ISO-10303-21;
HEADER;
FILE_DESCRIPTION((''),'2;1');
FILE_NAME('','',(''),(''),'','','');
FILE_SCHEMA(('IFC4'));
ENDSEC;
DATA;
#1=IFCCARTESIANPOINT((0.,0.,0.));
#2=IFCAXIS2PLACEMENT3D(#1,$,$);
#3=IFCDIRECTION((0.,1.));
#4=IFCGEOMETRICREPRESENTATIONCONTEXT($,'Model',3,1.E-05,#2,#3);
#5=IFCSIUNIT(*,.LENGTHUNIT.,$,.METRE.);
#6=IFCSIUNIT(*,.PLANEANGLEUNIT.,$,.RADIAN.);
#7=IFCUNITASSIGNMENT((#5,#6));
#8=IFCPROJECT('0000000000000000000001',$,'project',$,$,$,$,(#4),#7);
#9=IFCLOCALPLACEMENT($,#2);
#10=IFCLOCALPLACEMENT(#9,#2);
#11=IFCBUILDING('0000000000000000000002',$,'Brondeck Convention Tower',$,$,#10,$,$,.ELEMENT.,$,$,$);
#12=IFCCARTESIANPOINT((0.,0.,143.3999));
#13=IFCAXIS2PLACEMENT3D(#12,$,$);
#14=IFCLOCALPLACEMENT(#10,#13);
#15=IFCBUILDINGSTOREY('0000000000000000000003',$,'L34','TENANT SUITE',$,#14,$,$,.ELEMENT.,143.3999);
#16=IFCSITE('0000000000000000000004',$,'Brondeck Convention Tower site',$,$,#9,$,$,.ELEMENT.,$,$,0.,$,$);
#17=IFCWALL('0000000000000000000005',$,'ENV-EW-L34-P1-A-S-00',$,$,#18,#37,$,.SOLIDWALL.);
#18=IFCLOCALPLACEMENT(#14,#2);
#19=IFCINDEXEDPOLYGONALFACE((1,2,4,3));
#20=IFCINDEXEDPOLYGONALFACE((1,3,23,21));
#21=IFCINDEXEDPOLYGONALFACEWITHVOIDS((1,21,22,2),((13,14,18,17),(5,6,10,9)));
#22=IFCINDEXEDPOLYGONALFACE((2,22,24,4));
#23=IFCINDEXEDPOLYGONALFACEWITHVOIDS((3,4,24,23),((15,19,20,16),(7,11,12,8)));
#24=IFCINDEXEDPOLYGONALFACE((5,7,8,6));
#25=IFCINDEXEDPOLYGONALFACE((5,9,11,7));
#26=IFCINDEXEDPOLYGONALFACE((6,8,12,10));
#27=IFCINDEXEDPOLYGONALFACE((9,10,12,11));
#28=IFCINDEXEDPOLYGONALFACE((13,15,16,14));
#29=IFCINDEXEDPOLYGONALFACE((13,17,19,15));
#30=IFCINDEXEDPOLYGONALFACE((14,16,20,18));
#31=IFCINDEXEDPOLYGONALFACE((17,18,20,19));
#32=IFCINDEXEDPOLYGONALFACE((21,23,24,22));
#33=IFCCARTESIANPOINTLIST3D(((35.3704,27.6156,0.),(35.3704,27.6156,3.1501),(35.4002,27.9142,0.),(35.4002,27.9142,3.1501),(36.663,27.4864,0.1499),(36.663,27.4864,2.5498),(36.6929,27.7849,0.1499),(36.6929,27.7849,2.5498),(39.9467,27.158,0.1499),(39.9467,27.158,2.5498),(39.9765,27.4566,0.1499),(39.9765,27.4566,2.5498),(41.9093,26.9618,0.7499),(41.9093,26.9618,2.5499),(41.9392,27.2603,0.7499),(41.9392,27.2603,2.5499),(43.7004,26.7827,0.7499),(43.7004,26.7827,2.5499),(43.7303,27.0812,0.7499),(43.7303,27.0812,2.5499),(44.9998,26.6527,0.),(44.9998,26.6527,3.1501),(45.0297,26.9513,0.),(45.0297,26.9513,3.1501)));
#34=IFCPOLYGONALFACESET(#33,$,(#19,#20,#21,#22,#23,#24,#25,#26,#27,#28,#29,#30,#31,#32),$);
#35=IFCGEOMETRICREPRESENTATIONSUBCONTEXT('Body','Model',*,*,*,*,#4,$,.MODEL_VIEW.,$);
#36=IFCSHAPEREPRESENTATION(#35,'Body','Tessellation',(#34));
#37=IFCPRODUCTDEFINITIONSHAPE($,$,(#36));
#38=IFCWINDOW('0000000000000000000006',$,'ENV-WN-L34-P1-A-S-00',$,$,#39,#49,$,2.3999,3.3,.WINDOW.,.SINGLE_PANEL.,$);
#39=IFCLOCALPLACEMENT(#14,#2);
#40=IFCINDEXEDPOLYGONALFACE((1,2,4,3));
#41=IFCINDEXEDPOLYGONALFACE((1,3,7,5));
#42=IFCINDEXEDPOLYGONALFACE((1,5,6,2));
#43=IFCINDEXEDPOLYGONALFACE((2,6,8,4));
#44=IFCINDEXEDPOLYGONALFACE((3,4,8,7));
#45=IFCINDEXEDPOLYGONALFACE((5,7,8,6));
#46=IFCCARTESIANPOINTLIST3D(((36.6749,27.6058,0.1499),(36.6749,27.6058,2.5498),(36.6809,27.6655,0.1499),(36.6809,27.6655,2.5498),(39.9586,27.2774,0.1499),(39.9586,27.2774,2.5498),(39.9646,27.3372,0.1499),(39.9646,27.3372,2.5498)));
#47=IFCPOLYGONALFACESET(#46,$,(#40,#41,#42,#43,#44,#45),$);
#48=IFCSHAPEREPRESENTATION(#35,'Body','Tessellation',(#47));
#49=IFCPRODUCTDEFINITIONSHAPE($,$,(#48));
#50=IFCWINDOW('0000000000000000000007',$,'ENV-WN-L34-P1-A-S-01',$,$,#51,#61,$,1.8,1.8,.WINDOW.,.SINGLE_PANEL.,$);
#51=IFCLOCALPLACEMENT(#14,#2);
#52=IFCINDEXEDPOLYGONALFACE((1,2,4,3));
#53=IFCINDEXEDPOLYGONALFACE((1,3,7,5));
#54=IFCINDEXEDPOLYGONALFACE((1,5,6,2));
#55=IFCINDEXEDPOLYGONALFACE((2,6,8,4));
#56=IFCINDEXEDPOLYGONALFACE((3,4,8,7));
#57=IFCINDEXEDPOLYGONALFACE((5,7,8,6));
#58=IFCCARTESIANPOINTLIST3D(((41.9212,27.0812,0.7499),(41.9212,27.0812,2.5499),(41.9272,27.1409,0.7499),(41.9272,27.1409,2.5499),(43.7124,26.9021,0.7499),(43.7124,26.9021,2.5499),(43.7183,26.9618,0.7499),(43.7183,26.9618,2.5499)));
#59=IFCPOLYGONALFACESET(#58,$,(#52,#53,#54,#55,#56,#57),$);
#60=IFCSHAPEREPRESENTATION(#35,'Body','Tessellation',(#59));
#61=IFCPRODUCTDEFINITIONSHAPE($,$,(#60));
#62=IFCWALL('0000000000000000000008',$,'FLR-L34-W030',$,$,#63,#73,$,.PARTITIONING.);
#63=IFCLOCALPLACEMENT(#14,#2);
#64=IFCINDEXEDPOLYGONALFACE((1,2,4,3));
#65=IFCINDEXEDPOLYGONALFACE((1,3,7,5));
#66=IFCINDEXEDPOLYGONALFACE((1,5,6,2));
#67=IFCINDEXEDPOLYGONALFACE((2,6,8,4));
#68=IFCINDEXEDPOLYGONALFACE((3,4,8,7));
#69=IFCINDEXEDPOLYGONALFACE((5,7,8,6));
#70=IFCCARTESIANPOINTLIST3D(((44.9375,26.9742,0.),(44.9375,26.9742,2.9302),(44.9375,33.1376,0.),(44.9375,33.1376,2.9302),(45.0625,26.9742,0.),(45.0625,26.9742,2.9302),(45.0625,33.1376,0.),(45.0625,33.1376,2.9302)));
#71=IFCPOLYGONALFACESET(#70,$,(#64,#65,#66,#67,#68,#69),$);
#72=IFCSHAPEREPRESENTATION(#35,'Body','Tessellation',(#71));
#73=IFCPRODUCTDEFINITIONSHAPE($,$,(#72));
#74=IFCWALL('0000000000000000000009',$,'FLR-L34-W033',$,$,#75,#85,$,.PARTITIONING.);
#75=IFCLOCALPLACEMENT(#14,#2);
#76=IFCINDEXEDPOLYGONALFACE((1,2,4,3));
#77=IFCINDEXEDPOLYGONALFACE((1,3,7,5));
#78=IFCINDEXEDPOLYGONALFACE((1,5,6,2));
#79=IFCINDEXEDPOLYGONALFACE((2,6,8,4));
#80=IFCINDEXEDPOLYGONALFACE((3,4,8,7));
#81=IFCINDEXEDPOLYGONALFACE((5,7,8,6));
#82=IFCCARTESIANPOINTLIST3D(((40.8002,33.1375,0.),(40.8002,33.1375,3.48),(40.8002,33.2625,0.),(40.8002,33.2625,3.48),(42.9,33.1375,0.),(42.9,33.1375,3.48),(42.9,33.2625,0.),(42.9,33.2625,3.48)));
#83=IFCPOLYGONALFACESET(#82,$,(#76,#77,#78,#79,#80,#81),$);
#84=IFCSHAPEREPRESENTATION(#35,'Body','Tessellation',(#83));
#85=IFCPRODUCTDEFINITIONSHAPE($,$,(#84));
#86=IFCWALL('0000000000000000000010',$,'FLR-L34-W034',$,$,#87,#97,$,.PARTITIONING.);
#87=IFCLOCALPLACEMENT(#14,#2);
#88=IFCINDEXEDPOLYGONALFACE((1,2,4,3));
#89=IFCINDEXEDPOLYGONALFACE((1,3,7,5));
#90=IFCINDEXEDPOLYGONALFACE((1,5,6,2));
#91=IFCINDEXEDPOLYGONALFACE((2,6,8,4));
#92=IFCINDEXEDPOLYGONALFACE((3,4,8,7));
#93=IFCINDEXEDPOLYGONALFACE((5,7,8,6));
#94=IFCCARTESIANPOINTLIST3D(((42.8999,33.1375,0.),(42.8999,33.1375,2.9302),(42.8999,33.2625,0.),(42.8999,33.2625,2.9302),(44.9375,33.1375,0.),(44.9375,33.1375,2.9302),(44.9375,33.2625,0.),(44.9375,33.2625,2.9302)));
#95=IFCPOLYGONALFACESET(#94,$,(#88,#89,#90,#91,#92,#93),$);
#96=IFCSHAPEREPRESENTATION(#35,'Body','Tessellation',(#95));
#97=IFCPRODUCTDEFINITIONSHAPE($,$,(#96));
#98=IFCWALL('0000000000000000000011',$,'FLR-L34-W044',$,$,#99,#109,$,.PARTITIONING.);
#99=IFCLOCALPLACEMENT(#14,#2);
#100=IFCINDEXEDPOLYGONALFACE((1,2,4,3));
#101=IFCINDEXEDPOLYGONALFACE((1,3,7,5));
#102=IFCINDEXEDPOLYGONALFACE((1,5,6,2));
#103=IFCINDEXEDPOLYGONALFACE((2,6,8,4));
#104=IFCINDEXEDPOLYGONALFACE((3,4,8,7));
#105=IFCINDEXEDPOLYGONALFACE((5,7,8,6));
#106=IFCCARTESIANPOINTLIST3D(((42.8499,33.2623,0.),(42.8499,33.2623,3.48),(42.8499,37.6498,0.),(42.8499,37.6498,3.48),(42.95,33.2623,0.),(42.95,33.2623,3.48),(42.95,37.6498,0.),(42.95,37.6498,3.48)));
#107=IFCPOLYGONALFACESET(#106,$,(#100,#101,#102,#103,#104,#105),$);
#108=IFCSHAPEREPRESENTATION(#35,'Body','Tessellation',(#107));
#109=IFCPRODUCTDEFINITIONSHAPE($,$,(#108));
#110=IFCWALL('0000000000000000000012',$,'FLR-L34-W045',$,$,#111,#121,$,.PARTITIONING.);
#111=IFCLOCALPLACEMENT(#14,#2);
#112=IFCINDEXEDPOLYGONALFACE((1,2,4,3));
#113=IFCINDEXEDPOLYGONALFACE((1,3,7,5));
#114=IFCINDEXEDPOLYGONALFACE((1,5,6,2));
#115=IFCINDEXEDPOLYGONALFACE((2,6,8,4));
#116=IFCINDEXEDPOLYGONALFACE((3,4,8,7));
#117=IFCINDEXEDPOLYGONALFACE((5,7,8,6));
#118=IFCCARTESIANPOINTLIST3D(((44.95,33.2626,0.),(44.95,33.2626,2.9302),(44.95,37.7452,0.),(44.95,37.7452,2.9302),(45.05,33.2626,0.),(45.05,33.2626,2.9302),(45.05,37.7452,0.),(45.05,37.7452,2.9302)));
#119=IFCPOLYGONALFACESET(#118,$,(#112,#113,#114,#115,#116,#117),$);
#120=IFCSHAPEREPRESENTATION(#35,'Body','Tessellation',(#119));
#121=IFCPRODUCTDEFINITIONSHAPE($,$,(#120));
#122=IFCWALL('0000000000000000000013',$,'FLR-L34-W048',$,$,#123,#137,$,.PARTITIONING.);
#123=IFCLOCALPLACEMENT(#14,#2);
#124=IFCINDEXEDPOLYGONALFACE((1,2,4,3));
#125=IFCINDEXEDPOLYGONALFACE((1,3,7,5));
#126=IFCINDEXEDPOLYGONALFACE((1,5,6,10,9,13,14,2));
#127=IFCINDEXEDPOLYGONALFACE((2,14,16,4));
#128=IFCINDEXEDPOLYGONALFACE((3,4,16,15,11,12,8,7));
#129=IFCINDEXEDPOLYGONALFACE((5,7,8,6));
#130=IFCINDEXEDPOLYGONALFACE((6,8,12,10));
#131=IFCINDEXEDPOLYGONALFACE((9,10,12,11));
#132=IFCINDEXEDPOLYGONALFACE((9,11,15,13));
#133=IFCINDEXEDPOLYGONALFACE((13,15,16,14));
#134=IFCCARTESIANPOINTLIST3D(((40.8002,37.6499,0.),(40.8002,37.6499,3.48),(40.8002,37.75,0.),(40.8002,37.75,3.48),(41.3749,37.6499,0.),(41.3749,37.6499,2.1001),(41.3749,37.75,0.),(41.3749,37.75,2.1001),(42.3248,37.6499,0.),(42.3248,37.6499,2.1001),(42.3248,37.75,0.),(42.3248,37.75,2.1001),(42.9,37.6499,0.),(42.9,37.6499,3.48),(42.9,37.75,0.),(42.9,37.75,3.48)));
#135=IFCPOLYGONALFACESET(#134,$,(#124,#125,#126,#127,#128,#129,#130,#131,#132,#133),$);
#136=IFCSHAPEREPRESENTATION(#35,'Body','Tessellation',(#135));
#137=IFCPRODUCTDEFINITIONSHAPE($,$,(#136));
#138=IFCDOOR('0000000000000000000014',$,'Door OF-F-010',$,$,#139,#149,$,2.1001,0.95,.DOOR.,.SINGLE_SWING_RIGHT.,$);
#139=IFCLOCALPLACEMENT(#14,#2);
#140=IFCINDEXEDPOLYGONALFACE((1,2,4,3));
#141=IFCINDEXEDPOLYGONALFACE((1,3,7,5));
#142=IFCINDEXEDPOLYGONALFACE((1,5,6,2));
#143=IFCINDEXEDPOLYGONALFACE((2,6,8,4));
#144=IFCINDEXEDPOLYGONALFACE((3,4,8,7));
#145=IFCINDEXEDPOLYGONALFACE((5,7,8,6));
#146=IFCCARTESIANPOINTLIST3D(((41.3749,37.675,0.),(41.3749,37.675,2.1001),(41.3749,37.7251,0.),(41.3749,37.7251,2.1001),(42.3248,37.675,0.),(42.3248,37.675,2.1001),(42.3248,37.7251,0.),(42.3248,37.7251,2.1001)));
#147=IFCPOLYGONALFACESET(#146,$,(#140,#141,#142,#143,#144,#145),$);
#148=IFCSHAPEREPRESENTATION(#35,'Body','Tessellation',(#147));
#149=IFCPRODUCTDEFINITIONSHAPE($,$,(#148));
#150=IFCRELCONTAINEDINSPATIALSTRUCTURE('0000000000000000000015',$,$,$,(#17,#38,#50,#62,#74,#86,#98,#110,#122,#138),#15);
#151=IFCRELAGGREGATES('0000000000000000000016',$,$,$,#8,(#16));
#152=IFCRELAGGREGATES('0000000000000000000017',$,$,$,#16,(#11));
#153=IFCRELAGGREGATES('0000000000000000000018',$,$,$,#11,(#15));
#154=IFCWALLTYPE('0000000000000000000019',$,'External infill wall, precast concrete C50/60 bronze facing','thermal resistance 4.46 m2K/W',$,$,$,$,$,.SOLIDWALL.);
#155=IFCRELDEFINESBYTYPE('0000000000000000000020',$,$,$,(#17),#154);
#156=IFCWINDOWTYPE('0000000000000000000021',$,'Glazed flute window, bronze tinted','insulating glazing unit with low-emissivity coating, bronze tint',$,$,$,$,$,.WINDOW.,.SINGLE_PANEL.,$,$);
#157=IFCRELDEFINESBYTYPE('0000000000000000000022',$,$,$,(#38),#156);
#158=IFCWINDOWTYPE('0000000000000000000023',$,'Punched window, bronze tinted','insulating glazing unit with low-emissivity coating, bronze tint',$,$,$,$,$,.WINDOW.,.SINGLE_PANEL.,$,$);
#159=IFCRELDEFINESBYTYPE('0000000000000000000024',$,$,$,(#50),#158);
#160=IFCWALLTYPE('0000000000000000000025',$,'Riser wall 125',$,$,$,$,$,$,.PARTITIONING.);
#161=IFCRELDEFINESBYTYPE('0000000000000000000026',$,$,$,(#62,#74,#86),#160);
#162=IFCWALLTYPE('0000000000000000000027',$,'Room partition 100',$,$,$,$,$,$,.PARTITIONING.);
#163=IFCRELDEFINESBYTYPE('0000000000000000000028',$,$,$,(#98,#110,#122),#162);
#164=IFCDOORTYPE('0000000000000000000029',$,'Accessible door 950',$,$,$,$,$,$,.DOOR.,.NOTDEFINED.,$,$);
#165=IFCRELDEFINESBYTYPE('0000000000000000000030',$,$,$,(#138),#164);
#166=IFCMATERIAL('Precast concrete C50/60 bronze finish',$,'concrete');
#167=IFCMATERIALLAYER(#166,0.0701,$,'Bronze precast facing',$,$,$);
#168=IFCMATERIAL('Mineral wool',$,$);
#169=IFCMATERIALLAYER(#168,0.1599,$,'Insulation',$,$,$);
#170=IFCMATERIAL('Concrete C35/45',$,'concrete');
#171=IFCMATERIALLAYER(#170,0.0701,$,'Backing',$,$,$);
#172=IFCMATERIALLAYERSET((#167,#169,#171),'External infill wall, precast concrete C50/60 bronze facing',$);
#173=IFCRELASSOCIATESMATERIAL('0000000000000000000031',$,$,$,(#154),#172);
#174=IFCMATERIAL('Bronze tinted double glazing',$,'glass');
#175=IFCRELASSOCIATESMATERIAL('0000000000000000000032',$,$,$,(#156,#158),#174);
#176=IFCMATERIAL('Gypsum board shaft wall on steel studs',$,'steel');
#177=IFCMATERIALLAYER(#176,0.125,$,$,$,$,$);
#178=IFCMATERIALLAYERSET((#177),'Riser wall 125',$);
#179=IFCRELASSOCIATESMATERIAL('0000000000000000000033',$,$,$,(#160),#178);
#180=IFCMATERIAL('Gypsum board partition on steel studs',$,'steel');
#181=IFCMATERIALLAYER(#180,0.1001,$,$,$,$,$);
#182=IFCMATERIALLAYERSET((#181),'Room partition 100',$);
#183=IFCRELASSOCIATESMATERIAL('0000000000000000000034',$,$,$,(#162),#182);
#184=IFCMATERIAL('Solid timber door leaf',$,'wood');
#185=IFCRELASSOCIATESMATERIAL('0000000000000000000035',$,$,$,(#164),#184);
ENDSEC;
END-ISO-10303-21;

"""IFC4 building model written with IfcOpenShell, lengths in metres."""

from ifc_helpers import new_model, si_unit, direction, frame, frame_2d, origin, place, context, subcontext, project, spatial, rectangle, extrude, material, layer, layer_set, type_object, element, fill, save


model = new_model("IFC4")

# Units and contexts
model_context = context("Model", 3, precision=1e-05, world=origin(), true_north=direction((0.0, 1.0)))
body_context = subcontext(model_context, "Body", "Model", "MODEL_VIEW")
ifc_project = project(units=[si_unit("LENGTHUNIT", "METRE"), si_unit("PLANEANGLEUNIT", "RADIAN")], contexts=[model_context])

# Site, building, storey
site_placement = place(None, origin())
site = spatial("IfcSite", under=ifc_project, at=site_placement, Name="Brondeck Convention Tower site", CompositionType="ELEMENT", RefElevation=0.0)
building_placement = place(site_placement, origin())
building = spatial("IfcBuilding", under=site, at=building_placement, Name="Brondeck Convention Tower", CompositionType="ELEMENT")
storey_placement = place(building_placement, frame((0.0, 0.0, 143.3999)))
storey = spatial("IfcBuildingStorey", under=building, at=storey_placement, Name="L34", Description="TENANT SUITE", CompositionType="ELEMENT", Elevation=143.3999)

# Wall, openings, windows
ifc_material_1 = material(Name="Precast concrete C50/60 bronze finish", Category="concrete")
ifc_layer_1 = layer(ifc_material_1, 0.0701, Name="Bronze precast facing")
ifc_material_2 = material(Name="Mineral wool")
ifc_layer_2 = layer(ifc_material_2, 0.1599, Name="Insulation")
ifc_material_3 = material(Name="Concrete C35/45", Category="concrete")
ifc_layer_3 = layer(ifc_material_3, 0.0701, Name="Backing")
ifc_layer_set_1 = layer_set([ifc_layer_1, ifc_layer_2, ifc_layer_3], Name="External infill wall, precast concrete C50/60 bronze facing")
wall_type_1 = type_object("IfcWallType", Name="External infill wall, precast concrete C50/60 bronze facing", Description="thermal resistance 4.46 m2K/W", PredefinedType="SOLIDWALL", material=ifc_layer_set_1)
wall_1_placement = place(storey_placement, frame((45.0149, 26.802, 0.0), z_axis=(0.0, 0.0, 1.0), x_axis=(-0.995038, 0.099499, 0.0)))
wall_1 = element("IfcWall", 1, at=wall_1_placement, inside=storey, type_object=wall_type_1, Name="ENV-EW-L34-P1-A-S-00", PredefinedType="SOLIDWALL", context=body_context, shape_type="SweptSolid", body=[
    extrude(rectangle(XDim=9.6775, YDim=0.3, at=frame_2d((4.8389, 0.0))), origin(), (0.0, 0.0, 1.0), 3.1501),
])
opening_1_placement = place(wall_1_placement, frame((1.3062, 0.0, 0.75)))
opening_1 = element("IfcOpeningElement", 2, at=opening_1_placement, cuts=wall_1, PredefinedType="OPENING", context=body_context, shape_type="SweptSolid", body=[
    extrude(rectangle(XDim=1.8, YDim=1.8, at=frame_2d((0.8999, 0.8999))), frame((0.0, 0.1599, 0.0), z_axis=(0.0, -1.0, 0.0), x_axis=(1.0, 0.0, 0.0)), (0.0, 0.0, 1.0), 0.3201),
])
opening_2_placement = place(wall_1_placement, frame((5.0786, 0.0, 0.1499)))
opening_2 = element("IfcOpeningElement", 3, at=opening_2_placement, cuts=wall_1, PredefinedType="OPENING", context=body_context, shape_type="SweptSolid", body=[
    extrude(rectangle(XDim=3.3, YDim=2.3999, at=frame_2d((1.6499, 1.2))), frame((0.0, 0.1599, 0.0), z_axis=(0.0, -1.0, 0.0), x_axis=(1.0, 0.0, 0.0)), (0.0, 0.0, 1.0), 0.3201),
])
ifc_material_4 = material(Name="Bronze tinted double glazing", Category="glass")
window_type_1 = type_object("IfcWindowType", Name="Glazed flute window, bronze tinted", Description="insulating glazing unit with low-emissivity coating, bronze tint", PartitioningType="SINGLE_PANEL", PredefinedType="WINDOW", material=ifc_material_4)
window_1_placement = place(opening_2_placement, origin())
window_1 = element("IfcWindow", 4, at=window_1_placement, inside=storey, type_object=window_type_1, Name="ENV-WN-L34-P1-A-S-00", OverallHeight=2.3999, OverallWidth=3.3, PartitioningType="SINGLE_PANEL", PredefinedType="WINDOW", context=body_context, shape_type="SweptSolid", body=[
    extrude(rectangle(XDim=3.3, YDim=2.3999, at=frame_2d((1.6499, 1.2))), frame((0.0, 0.03, 0.0), z_axis=(0.0, -1.0, 0.0), x_axis=(1.0, 0.0, 0.0)), (0.0, 0.0, 1.0), 0.0601),
])
fill(opening_2, window_1)
window_type_2 = type_object("IfcWindowType", Name="Punched window, bronze tinted", Description="insulating glazing unit with low-emissivity coating, bronze tint", PartitioningType="SINGLE_PANEL", PredefinedType="WINDOW", material=ifc_material_4)
window_2_placement = place(opening_1_placement, origin())
window_2 = element("IfcWindow", 5, at=window_2_placement, inside=storey, type_object=window_type_2, Name="ENV-WN-L34-P1-A-S-01", OverallHeight=1.8, OverallWidth=1.8, PartitioningType="SINGLE_PANEL", PredefinedType="WINDOW", context=body_context, shape_type="SweptSolid", body=[
    extrude(rectangle(XDim=1.8, YDim=1.8, at=frame_2d((0.8999, 0.8999))), frame((0.0, 0.03, 0.0), z_axis=(0.0, -1.0, 0.0), x_axis=(1.0, 0.0, 0.0)), (0.0, 0.0, 1.0), 0.0601),
])
fill(opening_1, window_2)

# Walls
ifc_material_5 = material(Name="Gypsum board shaft wall on steel studs", Category="steel")
ifc_layer_4 = layer(ifc_material_5, 0.125)
ifc_layer_set_2 = layer_set([ifc_layer_4], Name="Riser wall 125")
wall_type_2 = type_object("IfcWallType", Name="Riser wall 125", PredefinedType="PARTITIONING", material=ifc_layer_set_2)
wall_2_placement = place(storey_placement, frame((45.0, 33.1375, 0.0), z_axis=(0.0, 0.0, 1.0), x_axis=(0.0, -1.0, 0.0)))
element("IfcWall", 6, at=wall_2_placement, inside=storey, type_object=wall_type_2, Name="FLR-L34-W030", PredefinedType="PARTITIONING", context=body_context, shape_type="SweptSolid", body=[
    extrude(rectangle(XDim=6.1633, YDim=0.125, at=frame_2d((3.0815, 0.0))), origin(), (0.0, 0.0, 1.0), 2.9302),
])
wall_3_placement = place(storey_placement, frame((42.8999, 33.2, 0.0), z_axis=(0.0, 0.0, 1.0), x_axis=(-1.0, 0.0, 0.0)))
element("IfcWall", 7, at=wall_3_placement, inside=storey, type_object=wall_type_2, Name="FLR-L34-W033", PredefinedType="PARTITIONING", context=body_context, shape_type="SweptSolid", body=[
    extrude(rectangle(XDim=2.0999, YDim=0.125, at=frame_2d((1.0498, 0.0))), origin(), (0.0, 0.0, 1.0), 3.48),
])
wall_4_placement = place(storey_placement, frame((44.9375, 33.2, 0.0), z_axis=(0.0, 0.0, 1.0), x_axis=(-1.0, 0.0, 0.0)))
element("IfcWall", 8, at=wall_4_placement, inside=storey, type_object=wall_type_2, Name="FLR-L34-W034", PredefinedType="PARTITIONING", context=body_context, shape_type="SweptSolid", body=[
    extrude(rectangle(XDim=2.0376, YDim=0.125, at=frame_2d((1.0188, 0.0))), origin(), (0.0, 0.0, 1.0), 2.9302),
])
ifc_material_6 = material(Name="Gypsum board partition on steel studs", Category="steel")
ifc_layer_5 = layer(ifc_material_6, 0.1001)
ifc_layer_set_3 = layer_set([ifc_layer_5], Name="Room partition 100")
wall_type_3 = type_object("IfcWallType", Name="Room partition 100", PredefinedType="PARTITIONING", material=ifc_layer_set_3)
wall_5_placement = place(storey_placement, frame((42.8999, 37.6499, 0.0), z_axis=(0.0, 0.0, 1.0), x_axis=(0.0, -1.0, 0.0)))
element("IfcWall", 9, at=wall_5_placement, inside=storey, type_object=wall_type_3, Name="FLR-L34-W044", PredefinedType="PARTITIONING", context=body_context, shape_type="SweptSolid", body=[
    extrude(rectangle(XDim=4.3875, YDim=0.1001, at=frame_2d((2.1938, 0.0))), origin(), (0.0, 0.0, 1.0), 3.48),
])
wall_6_placement = place(storey_placement, frame((45.0, 37.7451, 0.0), z_axis=(0.0, 0.0, 1.0), x_axis=(0.0, -1.0, 0.0)))
element("IfcWall", 10, at=wall_6_placement, inside=storey, type_object=wall_type_3, Name="FLR-L34-W045", PredefinedType="PARTITIONING", context=body_context, shape_type="SweptSolid", body=[
    extrude(rectangle(XDim=4.4827, YDim=0.1001, at=frame_2d((2.2412, 0.0))), origin(), (0.0, 0.0, 1.0), 2.9302),
])

# Wall, opening, door
wall_7_placement = place(storey_placement, frame((42.8999, 37.7, 0.0), z_axis=(0.0, 0.0, 1.0), x_axis=(-1.0, 0.0, 0.0)))
wall_7 = element("IfcWall", 11, at=wall_7_placement, inside=storey, type_object=wall_type_3, Name="FLR-L34-W048", PredefinedType="PARTITIONING", context=body_context, shape_type="SweptSolid", body=[
    extrude(rectangle(XDim=2.0999, YDim=0.1001, at=frame_2d((1.0498, 0.0))), origin(), (0.0, 0.0, 1.0), 3.48),
])
opening_3_placement = place(wall_7_placement, frame((0.575, 0.0, 0.0)))
opening_3 = element("IfcOpeningElement", 12, at=opening_3_placement, cuts=wall_7, PredefinedType="OPENING", context=body_context, shape_type="SweptSolid", body=[
    extrude(rectangle(XDim=0.95, YDim=2.1001, at=frame_2d((0.4751, 1.05))), frame((0.0, 0.0601, 0.0), z_axis=(0.0, -1.0, 0.0), x_axis=(1.0, 0.0, 0.0)), (0.0, 0.0, 1.0), 0.1201),
])
ifc_material_7 = material(Name="Solid timber door leaf", Category="wood")
door_type_1 = type_object("IfcDoorType", Name="Accessible door 950", OperationType="NOTDEFINED", PredefinedType="DOOR", material=ifc_material_7)
door_1_placement = place(opening_3_placement, origin())
door_1 = element("IfcDoor", 13, at=door_1_placement, inside=storey, type_object=door_type_1, Name="Door OF-F-010", OperationType="SINGLE_SWING_RIGHT", OverallHeight=2.1001, OverallWidth=0.95, PredefinedType="DOOR", context=body_context, shape_type="SweptSolid", body=[
    extrude(rectangle(XDim=0.95, YDim=2.1001, at=frame_2d((0.4751, 1.05))), frame((0.0, 0.0249, 0.0), z_axis=(0.0, -1.0, 0.0), x_axis=(1.0, 0.0, 0.0)), (0.0, 0.0, 1.0), 0.05),
])
fill(opening_3, door_1)

save(model, "model.ifc")
